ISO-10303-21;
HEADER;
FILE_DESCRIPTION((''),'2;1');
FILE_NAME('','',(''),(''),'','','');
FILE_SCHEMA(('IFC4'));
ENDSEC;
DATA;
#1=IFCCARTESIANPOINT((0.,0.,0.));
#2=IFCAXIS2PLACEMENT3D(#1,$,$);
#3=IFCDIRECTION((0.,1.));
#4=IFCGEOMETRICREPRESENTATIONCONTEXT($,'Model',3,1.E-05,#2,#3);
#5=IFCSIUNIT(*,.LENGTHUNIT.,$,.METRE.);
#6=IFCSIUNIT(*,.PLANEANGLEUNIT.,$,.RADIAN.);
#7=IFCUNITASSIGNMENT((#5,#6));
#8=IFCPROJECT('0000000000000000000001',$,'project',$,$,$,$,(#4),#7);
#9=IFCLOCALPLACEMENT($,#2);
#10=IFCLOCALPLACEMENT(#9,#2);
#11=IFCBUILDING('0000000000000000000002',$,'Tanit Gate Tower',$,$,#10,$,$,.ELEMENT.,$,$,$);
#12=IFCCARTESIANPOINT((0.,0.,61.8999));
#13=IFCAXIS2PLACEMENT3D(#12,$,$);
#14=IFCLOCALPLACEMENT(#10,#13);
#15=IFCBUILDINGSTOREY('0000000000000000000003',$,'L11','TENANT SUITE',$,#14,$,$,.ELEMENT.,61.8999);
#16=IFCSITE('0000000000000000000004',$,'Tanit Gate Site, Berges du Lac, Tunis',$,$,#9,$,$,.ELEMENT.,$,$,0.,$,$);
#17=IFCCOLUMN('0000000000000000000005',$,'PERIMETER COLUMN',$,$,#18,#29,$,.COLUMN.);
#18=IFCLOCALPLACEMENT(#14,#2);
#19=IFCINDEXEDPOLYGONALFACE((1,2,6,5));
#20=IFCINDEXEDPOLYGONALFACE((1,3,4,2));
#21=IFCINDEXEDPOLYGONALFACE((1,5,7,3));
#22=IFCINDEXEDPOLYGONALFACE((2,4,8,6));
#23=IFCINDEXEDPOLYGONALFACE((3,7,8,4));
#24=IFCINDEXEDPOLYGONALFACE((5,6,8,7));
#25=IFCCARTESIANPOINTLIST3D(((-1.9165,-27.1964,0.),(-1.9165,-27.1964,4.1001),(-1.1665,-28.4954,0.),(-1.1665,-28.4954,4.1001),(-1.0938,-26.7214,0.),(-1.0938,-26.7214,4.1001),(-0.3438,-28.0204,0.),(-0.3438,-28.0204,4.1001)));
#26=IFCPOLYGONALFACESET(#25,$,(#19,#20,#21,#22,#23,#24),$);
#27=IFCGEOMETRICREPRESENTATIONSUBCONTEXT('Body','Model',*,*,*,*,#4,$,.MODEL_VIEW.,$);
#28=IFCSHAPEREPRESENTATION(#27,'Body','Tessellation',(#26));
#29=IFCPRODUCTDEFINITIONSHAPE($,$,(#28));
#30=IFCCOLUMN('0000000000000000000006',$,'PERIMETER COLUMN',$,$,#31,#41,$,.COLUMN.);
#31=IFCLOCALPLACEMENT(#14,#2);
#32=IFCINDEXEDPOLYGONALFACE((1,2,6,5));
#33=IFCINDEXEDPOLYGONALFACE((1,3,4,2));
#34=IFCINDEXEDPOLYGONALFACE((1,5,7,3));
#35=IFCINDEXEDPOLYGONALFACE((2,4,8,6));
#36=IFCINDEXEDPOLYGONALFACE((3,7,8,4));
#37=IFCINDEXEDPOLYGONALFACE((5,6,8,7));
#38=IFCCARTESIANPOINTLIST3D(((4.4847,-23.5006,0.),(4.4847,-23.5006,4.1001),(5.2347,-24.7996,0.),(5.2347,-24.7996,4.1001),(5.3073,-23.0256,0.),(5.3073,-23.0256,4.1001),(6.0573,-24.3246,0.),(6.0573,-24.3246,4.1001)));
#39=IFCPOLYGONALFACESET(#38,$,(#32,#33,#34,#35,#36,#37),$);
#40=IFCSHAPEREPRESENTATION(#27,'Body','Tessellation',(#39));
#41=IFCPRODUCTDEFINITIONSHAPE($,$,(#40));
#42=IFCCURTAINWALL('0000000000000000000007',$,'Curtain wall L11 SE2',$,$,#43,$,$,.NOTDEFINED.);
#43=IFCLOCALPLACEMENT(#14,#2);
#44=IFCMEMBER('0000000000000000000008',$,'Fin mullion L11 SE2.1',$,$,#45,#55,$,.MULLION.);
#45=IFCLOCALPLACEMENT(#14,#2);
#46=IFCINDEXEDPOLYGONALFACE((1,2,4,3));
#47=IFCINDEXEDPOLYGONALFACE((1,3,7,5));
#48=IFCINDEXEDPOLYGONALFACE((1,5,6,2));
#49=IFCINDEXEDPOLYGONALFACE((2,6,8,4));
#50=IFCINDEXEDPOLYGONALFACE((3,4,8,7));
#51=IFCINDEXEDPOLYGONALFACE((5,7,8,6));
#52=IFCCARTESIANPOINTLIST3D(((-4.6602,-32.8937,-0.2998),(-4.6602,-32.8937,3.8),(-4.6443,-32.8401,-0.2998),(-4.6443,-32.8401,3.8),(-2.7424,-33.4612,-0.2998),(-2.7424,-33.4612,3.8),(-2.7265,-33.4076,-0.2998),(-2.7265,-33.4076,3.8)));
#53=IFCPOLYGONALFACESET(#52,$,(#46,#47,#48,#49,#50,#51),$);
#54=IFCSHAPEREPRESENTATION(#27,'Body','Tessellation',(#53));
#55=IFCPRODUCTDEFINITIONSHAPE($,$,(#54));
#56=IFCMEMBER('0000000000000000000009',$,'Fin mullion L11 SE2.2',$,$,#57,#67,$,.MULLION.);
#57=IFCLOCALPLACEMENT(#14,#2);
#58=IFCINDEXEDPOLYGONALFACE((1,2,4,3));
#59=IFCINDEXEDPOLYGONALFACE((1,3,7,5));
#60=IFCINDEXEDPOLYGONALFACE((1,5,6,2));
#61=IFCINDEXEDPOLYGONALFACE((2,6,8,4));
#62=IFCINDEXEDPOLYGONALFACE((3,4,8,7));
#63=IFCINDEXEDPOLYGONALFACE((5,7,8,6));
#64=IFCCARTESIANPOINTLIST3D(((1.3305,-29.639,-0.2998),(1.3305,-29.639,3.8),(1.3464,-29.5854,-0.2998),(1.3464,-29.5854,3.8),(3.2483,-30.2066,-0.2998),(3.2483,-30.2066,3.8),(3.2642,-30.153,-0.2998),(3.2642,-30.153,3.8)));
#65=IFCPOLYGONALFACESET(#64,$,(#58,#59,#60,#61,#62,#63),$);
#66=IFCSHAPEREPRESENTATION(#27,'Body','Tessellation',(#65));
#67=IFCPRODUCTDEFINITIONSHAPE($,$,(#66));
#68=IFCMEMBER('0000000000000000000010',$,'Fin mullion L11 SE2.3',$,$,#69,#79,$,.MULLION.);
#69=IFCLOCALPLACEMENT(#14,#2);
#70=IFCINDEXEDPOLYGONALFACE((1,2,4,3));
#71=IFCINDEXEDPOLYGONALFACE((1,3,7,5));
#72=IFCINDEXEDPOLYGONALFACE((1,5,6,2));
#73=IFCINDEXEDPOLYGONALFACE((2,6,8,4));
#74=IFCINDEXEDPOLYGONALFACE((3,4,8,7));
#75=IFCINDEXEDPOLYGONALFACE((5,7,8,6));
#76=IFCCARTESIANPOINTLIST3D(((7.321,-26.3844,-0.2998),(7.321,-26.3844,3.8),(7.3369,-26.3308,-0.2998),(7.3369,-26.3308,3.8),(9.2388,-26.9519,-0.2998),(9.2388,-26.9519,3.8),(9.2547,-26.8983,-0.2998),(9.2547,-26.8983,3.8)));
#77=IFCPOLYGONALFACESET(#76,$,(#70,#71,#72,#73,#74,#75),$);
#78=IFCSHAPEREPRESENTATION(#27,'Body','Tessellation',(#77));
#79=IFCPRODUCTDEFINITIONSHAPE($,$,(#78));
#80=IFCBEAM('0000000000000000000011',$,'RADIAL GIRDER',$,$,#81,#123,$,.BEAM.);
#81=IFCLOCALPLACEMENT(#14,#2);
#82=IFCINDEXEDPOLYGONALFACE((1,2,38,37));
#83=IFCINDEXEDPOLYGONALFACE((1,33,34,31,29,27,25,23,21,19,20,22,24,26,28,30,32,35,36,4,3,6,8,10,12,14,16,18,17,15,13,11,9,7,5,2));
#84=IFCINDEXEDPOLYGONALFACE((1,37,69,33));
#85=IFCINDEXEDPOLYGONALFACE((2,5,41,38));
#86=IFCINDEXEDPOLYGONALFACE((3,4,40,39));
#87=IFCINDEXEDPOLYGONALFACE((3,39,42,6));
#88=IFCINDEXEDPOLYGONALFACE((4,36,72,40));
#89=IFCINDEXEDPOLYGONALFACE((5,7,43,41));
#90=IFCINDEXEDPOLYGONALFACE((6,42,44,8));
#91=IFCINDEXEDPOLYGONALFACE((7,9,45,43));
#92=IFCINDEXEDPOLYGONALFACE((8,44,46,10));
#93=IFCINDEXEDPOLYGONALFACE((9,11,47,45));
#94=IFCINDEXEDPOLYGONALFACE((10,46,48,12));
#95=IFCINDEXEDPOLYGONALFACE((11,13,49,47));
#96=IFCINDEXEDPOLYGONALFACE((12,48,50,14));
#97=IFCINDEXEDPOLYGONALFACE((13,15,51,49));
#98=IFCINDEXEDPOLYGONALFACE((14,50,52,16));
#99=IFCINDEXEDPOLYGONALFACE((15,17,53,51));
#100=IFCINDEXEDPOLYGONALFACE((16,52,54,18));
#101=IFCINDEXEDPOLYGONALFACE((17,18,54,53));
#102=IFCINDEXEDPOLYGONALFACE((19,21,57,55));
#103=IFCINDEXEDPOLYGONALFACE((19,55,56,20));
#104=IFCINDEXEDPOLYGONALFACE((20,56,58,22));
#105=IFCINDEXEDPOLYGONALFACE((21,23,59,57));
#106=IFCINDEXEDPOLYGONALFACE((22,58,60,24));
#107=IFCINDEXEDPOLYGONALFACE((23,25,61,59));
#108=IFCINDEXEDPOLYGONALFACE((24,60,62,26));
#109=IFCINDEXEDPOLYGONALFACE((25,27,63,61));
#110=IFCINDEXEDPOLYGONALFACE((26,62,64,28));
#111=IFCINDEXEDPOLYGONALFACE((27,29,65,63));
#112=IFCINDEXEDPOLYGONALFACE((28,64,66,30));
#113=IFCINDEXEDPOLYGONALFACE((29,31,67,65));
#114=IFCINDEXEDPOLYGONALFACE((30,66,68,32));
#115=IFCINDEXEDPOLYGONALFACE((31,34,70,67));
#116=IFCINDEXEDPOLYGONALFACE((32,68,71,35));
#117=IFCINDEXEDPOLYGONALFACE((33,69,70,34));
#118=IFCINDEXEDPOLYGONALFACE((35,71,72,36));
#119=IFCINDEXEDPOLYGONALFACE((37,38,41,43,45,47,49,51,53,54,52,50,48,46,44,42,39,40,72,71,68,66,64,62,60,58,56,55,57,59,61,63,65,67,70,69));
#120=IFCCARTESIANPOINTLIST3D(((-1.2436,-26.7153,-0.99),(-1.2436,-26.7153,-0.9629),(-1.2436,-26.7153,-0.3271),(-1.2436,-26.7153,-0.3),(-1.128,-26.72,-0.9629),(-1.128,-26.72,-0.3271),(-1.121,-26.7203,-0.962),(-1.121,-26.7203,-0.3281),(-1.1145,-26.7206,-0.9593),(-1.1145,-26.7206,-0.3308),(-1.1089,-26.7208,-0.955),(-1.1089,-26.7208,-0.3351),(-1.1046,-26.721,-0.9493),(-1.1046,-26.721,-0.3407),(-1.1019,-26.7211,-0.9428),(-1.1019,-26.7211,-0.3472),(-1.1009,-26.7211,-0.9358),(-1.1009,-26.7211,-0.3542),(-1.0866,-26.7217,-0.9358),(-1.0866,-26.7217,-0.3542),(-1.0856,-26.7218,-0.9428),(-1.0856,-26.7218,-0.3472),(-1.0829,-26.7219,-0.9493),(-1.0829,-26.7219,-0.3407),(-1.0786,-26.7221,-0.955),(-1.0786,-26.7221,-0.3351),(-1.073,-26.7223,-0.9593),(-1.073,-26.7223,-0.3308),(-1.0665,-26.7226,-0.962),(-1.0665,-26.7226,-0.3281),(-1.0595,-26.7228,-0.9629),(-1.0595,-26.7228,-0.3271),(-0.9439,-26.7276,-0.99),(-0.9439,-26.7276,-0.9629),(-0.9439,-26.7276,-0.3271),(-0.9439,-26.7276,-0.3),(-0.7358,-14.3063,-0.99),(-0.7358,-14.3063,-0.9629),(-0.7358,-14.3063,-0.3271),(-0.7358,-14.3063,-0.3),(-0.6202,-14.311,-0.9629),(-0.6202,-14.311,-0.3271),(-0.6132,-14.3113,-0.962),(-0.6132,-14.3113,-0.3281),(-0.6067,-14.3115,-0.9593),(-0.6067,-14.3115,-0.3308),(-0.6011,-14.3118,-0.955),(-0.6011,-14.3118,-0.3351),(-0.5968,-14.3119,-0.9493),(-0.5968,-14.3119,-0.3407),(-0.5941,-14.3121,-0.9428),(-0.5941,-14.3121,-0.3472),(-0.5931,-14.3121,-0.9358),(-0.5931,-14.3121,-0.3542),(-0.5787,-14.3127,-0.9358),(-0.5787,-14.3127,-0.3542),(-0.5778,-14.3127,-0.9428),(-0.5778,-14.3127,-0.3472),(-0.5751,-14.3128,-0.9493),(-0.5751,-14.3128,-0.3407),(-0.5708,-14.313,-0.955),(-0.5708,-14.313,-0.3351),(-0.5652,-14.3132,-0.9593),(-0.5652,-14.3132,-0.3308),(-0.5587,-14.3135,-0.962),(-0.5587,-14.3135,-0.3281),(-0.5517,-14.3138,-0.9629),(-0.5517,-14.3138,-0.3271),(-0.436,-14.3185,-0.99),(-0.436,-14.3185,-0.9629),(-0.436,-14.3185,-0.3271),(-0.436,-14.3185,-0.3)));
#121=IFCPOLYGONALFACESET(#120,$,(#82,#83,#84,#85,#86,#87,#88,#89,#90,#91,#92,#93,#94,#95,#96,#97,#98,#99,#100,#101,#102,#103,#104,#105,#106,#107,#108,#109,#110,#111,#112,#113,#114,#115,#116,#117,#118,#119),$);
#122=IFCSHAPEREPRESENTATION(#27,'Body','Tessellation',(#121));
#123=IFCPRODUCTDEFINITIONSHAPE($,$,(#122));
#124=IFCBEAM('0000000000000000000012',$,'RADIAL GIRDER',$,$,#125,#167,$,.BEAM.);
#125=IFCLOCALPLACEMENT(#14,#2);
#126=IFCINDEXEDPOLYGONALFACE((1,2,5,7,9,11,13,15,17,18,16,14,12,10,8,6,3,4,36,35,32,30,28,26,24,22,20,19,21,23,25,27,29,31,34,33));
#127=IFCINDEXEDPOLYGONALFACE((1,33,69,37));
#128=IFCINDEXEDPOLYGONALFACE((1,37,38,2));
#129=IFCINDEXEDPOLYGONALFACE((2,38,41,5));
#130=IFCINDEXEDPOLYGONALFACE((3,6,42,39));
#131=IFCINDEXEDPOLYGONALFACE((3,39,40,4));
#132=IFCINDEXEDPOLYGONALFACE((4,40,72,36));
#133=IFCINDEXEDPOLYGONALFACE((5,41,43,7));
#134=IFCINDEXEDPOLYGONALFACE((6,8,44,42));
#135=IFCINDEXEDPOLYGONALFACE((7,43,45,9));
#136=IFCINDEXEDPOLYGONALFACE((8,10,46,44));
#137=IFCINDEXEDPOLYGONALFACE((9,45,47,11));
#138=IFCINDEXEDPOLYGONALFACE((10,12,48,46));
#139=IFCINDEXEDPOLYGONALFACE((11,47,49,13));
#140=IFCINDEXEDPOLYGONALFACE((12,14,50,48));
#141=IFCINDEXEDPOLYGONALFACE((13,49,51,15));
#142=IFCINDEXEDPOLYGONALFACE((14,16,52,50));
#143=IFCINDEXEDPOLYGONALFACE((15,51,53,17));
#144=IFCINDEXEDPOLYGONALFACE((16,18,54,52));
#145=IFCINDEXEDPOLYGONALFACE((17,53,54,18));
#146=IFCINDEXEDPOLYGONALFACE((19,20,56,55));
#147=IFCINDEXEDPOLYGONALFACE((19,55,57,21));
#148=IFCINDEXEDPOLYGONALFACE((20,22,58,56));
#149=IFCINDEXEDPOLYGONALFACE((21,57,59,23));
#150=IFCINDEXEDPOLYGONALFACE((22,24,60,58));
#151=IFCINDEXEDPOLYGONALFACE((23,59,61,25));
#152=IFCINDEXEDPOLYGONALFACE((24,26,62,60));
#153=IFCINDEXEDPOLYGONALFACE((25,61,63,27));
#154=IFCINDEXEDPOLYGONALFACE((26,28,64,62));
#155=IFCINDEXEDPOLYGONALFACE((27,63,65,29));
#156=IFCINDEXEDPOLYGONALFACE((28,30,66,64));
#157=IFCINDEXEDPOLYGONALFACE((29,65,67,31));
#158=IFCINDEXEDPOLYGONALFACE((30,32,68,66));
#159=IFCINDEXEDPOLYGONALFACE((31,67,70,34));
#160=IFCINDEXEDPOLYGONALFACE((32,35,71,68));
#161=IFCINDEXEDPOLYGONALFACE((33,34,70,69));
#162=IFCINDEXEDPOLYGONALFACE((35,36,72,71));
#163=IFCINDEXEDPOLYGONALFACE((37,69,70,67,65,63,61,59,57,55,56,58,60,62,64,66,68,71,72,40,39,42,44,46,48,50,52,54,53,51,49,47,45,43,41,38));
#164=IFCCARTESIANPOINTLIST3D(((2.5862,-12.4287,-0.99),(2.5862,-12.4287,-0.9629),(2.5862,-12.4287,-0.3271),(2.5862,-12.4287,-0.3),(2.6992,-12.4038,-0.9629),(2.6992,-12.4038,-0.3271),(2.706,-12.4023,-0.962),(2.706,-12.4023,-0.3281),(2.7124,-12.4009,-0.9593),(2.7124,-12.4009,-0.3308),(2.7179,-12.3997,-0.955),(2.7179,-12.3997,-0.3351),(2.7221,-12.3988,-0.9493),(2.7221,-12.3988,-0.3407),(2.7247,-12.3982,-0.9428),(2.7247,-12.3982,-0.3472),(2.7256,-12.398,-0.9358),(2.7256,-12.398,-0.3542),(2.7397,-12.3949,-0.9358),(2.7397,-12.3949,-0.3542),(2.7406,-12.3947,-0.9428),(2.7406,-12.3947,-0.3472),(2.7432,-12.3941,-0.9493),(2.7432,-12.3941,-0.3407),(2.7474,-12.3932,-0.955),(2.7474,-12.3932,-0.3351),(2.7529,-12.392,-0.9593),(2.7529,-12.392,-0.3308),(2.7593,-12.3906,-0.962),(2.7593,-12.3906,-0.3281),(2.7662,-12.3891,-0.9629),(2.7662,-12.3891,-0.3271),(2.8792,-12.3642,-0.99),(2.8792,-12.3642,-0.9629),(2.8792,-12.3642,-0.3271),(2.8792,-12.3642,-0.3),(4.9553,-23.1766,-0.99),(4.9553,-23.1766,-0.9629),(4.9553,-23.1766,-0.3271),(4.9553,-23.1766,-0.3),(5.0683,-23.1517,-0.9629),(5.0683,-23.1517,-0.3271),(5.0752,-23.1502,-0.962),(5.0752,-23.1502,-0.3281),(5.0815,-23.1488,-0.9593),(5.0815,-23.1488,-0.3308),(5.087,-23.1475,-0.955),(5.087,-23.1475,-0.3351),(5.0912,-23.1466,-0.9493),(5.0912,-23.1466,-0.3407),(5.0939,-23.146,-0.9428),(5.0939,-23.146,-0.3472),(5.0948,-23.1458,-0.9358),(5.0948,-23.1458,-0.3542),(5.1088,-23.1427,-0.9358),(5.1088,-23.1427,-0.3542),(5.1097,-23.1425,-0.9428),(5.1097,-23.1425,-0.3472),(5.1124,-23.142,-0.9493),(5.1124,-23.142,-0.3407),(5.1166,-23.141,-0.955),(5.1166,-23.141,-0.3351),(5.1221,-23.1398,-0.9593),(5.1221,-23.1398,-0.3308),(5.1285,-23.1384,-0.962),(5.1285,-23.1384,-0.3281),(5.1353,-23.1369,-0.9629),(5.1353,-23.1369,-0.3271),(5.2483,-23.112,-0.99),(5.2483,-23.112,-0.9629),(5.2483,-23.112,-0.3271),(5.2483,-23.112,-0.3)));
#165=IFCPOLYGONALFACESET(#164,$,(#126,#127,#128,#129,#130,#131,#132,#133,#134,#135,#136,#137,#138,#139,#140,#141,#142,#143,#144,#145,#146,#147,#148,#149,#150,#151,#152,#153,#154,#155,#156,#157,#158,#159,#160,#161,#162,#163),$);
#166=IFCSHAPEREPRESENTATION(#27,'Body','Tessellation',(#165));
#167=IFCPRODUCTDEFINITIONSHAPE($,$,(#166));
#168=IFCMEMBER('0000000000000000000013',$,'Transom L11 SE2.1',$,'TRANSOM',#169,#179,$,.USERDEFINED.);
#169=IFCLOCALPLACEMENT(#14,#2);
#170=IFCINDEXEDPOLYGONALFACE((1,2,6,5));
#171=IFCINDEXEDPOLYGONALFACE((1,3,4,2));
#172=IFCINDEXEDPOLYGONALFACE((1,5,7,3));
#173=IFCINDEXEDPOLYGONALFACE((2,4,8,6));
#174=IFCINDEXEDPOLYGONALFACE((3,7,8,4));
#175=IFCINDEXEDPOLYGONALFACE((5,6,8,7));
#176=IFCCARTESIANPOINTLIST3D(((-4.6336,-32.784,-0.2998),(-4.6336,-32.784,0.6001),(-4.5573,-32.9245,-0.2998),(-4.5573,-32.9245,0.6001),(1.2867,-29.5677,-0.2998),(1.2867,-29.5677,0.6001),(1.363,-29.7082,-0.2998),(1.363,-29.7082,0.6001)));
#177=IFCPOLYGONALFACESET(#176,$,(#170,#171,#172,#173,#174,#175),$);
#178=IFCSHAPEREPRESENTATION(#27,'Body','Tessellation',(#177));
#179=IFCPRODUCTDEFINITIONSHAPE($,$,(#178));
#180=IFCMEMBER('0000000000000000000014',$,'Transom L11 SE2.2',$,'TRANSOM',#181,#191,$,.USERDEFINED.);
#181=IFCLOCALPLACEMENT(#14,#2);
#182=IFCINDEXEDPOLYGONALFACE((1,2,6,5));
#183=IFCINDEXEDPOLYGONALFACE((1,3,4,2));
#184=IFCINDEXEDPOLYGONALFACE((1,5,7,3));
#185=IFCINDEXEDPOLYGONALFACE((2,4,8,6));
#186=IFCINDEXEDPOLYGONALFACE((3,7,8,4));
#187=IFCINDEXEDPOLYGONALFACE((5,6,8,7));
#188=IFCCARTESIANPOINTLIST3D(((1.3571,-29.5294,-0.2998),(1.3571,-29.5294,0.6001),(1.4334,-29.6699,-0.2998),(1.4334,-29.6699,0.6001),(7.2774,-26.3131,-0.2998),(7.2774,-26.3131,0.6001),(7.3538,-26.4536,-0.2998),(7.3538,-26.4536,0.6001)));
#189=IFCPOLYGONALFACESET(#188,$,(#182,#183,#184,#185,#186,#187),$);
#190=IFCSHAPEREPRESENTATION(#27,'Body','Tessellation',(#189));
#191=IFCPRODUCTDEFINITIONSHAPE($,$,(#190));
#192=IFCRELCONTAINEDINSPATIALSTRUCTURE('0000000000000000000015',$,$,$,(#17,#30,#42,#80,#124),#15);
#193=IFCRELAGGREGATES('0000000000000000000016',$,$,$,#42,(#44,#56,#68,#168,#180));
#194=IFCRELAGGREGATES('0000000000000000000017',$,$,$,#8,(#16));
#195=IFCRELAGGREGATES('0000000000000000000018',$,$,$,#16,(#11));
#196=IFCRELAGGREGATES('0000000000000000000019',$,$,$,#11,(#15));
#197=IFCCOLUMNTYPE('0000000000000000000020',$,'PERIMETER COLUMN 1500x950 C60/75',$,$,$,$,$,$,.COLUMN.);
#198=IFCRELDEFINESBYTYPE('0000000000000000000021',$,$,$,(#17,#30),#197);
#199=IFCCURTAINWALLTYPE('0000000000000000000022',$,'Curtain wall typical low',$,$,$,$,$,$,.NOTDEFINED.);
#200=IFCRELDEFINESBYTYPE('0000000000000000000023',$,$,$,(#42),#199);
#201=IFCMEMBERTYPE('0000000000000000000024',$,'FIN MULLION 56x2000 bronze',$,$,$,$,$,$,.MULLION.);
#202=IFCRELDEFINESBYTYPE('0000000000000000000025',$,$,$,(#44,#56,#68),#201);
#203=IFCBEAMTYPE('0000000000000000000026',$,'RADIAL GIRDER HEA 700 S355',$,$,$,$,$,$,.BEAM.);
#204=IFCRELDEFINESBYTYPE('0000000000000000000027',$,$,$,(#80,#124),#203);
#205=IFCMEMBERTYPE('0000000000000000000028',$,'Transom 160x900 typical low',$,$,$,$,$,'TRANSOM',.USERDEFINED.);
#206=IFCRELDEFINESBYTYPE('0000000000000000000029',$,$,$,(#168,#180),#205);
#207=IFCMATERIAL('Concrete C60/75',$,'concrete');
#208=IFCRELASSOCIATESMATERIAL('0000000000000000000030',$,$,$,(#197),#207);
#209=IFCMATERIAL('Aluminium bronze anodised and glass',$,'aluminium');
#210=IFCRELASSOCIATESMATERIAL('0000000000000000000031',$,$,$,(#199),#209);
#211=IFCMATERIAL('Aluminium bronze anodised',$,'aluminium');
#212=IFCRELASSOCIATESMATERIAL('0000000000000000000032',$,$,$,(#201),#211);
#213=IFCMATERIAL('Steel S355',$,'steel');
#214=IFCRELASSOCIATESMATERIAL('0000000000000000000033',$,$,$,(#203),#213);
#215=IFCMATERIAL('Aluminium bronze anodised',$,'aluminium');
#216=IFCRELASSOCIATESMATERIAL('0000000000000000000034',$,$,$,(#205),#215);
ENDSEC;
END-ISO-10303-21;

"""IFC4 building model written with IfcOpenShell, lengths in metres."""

from ifc_helpers import new_model, si_unit, direction, frame, origin, origin_2d, place, context, subcontext, project, spatial, rectangle, i_section, extrude, material, material_profile, profile_set, type_object, element, aggregate, save


model = new_model("IFC4")

# Units and contexts
model_context = context("Model", 3, precision=1e-05, world=origin(), true_north=direction((0.0, 1.0)))
body_context = subcontext(model_context, "Body", "Model", "MODEL_VIEW")
ifc_project = project(units=[si_unit("LENGTHUNIT", "METRE"), si_unit("PLANEANGLEUNIT", "RADIAN")], contexts=[model_context])

# Site, building, storey
site_placement = place(None, origin())
site = spatial("IfcSite", under=ifc_project, at=site_placement, Name="Tanit Gate Site, Berges du Lac, Tunis", CompositionType="ELEMENT", RefElevation=0.0)
building_placement = place(site_placement, origin())
building = spatial("IfcBuilding", under=site, at=building_placement, Name="Tanit Gate Tower", CompositionType="ELEMENT")
storey_placement = place(building_placement, frame((0.0, 0.0, 61.8999)))
storey = spatial("IfcBuildingStorey", under=building, at=storey_placement, Name="L11", Description="TENANT SUITE", CompositionType="ELEMENT", Elevation=61.8999)

# Columns
ifc_material_1 = material(Name="Concrete C60/75", Category="concrete")
ifc_material_profile_1 = material_profile(ifc_material_1, rectangle(XDim=1.5, YDim=0.95, at=origin_2d()), Name="RC 1500x950")
ifc_profile_set_1 = profile_set([ifc_material_profile_1], Name="Concrete C60/75")
column_type = type_object("IfcColumnType", Name="PERIMETER COLUMN 1500x950 C60/75", PredefinedType="COLUMN", material=ifc_profile_set_1)
for number, where, z_axis, x_axis, name in (
    (1, (-1.1301, -27.6084, 0.0), (0.0, 0.0, 1.0), (0.5, -0.866025, 0.0), "PERIMETER COLUMN"),
    (2, (5.271, -23.9126, 0.0), (0.0, 0.0, 1.0), (0.5, -0.866025, 0.0), "PERIMETER COLUMN"),
):
    element("IfcColumn", number, at=place(storey_placement, frame(where, z_axis=z_axis, x_axis=x_axis)), inside=storey, type_object=column_type, Name=name, PredefinedType="COLUMN", context=body_context, shape_type="SweptSolid", body=[
        extrude(rectangle(XDim=1.5, YDim=0.95, at=origin_2d()), origin(), (0.0, 0.0, 1.0), 4.1001),
    ])

# Curtain wall, members
ifc_material_2 = material(Name="Aluminium bronze anodised and glass", Category="aluminium")
curtain_wall_type = type_object("IfcCurtainWallType", Name="Curtain wall typical low", PredefinedType="NOTDEFINED", material=ifc_material_2)
curtain_wall_placement = place(storey_placement, origin())
curtain_wall = element("IfcCurtainWall", 3, at=curtain_wall_placement, inside=storey, type_object=curtain_wall_type, Name="Curtain wall L11 SE2", PredefinedType="NOTDEFINED")
ifc_material_3 = material(Name="Aluminium bronze anodised", Category="aluminium")
ifc_material_profile_2 = material_profile(ifc_material_3, rectangle(XDim=2.0, YDim=0.0559, at=origin_2d()), Name="56x2000 bronze fin mullion")
ifc_profile_set_2 = profile_set([ifc_material_profile_2], Name="Aluminium bronze anodised")
member_type_1 = type_object("IfcMemberType", Name="FIN MULLION 56x2000 bronze", PredefinedType="MULLION", material=ifc_profile_set_2)
member_1_placement = place(storey_placement, frame((-3.6934, -33.1506, -0.2998), z_axis=(0.0, 0.0, 1.0), x_axis=(-0.958892, 0.283773, 0.0)))
member_1 = element("IfcMember", 4, at=member_1_placement, type_object=member_type_1, Name="Fin mullion L11 SE2.1", PredefinedType="MULLION", context=body_context, shape_type="SweptSolid", body=[
    extrude(rectangle(XDim=2.0, YDim=0.0559, at=origin_2d()), origin(), (0.0, 0.0, 1.0), 4.0999),
])
member_2_placement = place(storey_placement, frame((2.2974, -29.896, -0.2998), z_axis=(0.0, 0.0, 1.0), x_axis=(-0.958892, 0.283773, 0.0)))
member_2 = element("IfcMember", 5, at=member_2_placement, type_object=member_type_1, Name="Fin mullion L11 SE2.2", PredefinedType="MULLION", context=body_context, shape_type="SweptSolid", body=[
    extrude(rectangle(XDim=2.0, YDim=0.0559, at=origin_2d()), origin(), (0.0, 0.0, 1.0), 4.0999),
])
member_3_placement = place(storey_placement, frame((8.2878, -26.6414, -0.2998), z_axis=(0.0, 0.0, 1.0), x_axis=(-0.958892, 0.283773, 0.0)))
member_3 = element("IfcMember", 6, at=member_3_placement, type_object=member_type_1, Name="Fin mullion L11 SE2.3", PredefinedType="MULLION", context=body_context, shape_type="SweptSolid", body=[
    extrude(rectangle(XDim=2.0, YDim=0.0559, at=origin_2d()), origin(), (0.0, 0.0, 1.0), 4.0999),
])

# Beams
ifc_material_4 = material(Name="Steel S355", Category="steel")
ifc_material_profile_3 = material_profile(ifc_material_4, i_section(OverallWidth=0.3, OverallDepth=0.6899, WebThickness=0.0144, FlangeThickness=0.0271, FilletRadius=0.0271, at=origin_2d()), Name="HEA 700")
ifc_profile_set_3 = profile_set([ifc_material_profile_3], Name="Steel S355")
beam_type = type_object("IfcBeamType", Name="RADIAL GIRDER HEA 700 S355", PredefinedType="BEAM", material=ifc_profile_set_3)
beam_1_placement = place(storey_placement, frame((-1.0938, -26.7214, -0.645), z_axis=(0.040889, 0.999164, 0.0), x_axis=(-0.999164, 0.040889, 0.0)))
element("IfcBeam", 7, at=beam_1_placement, inside=storey, type_object=beam_type, Name="RADIAL GIRDER", PredefinedType="BEAM", context=body_context, shape_type="SweptSolid", body=[
    extrude(i_section(OverallWidth=0.3, OverallDepth=0.6899, WebThickness=0.0144, FlangeThickness=0.0271, FilletRadius=0.0271, at=origin_2d()), origin(), (0.0, 0.0, 1.0), 12.4194),
])
beam_2_placement = place(storey_placement, frame((5.1018, -23.1443, -0.645), z_axis=(-0.215263, 0.976556, 0.0), x_axis=(-0.976556, -0.215263, 0.0)))
element("IfcBeam", 8, at=beam_2_placement, inside=storey, type_object=beam_type, Name="RADIAL GIRDER", PredefinedType="BEAM", context=body_context, shape_type="SweptSolid", body=[
    extrude(i_section(OverallWidth=0.3, OverallDepth=0.6899, WebThickness=0.0144, FlangeThickness=0.0271, FilletRadius=0.0271, at=origin_2d()), origin(), (0.0, 0.0, 1.0), 11.0059),
])

# Members
ifc_material_5 = material(Name="Aluminium bronze anodised", Category="aluminium")
ifc_material_profile_4 = material_profile(ifc_material_5, rectangle(XDim=0.1599, YDim=0.8999, at=origin_2d()), Name="160x900 bronze transom")
ifc_profile_set_4 = profile_set([ifc_material_profile_4], Name="Aluminium bronze anodised")
member_type_2 = type_object("IfcMemberType", Name="Transom 160x900 typical low", ElementType="TRANSOM", PredefinedType="USERDEFINED", material=ifc_profile_set_4)
member_4_placement = place(storey_placement, frame((-4.5955, -32.8542, 0.1501), z_axis=(0.878706, 0.477364, 0.0), x_axis=(-0.477364, 0.878706, 0.0)))
member_4 = element("IfcMember", 9, at=member_4_placement, type_object=member_type_2, Name="Transom L11 SE2.1", ObjectType="TRANSOM", PredefinedType="USERDEFINED", context=body_context, shape_type="SweptSolid", body=[
    extrude(rectangle(XDim=0.1599, YDim=0.8999, at=origin_2d()), origin(), (0.0, 0.0, 1.0), 6.7375),
])
member_5_placement = place(storey_placement, frame((1.3953, -29.5996, 0.1501), z_axis=(0.878706, 0.477364, 0.0), x_axis=(-0.477364, 0.878706, 0.0)))
member_5 = element("IfcMember", 10, at=member_5_placement, type_object=member_type_2, Name="Transom L11 SE2.2", ObjectType="TRANSOM", PredefinedType="USERDEFINED", context=body_context, shape_type="SweptSolid", body=[
    extrude(rectangle(XDim=0.1599, YDim=0.8999, at=origin_2d()), origin(), (0.0, 0.0, 1.0), 6.7375),
])

aggregate(curtain_wall, [member_1, member_2, member_3, member_4, member_5])

save(model, "model.ifc")
